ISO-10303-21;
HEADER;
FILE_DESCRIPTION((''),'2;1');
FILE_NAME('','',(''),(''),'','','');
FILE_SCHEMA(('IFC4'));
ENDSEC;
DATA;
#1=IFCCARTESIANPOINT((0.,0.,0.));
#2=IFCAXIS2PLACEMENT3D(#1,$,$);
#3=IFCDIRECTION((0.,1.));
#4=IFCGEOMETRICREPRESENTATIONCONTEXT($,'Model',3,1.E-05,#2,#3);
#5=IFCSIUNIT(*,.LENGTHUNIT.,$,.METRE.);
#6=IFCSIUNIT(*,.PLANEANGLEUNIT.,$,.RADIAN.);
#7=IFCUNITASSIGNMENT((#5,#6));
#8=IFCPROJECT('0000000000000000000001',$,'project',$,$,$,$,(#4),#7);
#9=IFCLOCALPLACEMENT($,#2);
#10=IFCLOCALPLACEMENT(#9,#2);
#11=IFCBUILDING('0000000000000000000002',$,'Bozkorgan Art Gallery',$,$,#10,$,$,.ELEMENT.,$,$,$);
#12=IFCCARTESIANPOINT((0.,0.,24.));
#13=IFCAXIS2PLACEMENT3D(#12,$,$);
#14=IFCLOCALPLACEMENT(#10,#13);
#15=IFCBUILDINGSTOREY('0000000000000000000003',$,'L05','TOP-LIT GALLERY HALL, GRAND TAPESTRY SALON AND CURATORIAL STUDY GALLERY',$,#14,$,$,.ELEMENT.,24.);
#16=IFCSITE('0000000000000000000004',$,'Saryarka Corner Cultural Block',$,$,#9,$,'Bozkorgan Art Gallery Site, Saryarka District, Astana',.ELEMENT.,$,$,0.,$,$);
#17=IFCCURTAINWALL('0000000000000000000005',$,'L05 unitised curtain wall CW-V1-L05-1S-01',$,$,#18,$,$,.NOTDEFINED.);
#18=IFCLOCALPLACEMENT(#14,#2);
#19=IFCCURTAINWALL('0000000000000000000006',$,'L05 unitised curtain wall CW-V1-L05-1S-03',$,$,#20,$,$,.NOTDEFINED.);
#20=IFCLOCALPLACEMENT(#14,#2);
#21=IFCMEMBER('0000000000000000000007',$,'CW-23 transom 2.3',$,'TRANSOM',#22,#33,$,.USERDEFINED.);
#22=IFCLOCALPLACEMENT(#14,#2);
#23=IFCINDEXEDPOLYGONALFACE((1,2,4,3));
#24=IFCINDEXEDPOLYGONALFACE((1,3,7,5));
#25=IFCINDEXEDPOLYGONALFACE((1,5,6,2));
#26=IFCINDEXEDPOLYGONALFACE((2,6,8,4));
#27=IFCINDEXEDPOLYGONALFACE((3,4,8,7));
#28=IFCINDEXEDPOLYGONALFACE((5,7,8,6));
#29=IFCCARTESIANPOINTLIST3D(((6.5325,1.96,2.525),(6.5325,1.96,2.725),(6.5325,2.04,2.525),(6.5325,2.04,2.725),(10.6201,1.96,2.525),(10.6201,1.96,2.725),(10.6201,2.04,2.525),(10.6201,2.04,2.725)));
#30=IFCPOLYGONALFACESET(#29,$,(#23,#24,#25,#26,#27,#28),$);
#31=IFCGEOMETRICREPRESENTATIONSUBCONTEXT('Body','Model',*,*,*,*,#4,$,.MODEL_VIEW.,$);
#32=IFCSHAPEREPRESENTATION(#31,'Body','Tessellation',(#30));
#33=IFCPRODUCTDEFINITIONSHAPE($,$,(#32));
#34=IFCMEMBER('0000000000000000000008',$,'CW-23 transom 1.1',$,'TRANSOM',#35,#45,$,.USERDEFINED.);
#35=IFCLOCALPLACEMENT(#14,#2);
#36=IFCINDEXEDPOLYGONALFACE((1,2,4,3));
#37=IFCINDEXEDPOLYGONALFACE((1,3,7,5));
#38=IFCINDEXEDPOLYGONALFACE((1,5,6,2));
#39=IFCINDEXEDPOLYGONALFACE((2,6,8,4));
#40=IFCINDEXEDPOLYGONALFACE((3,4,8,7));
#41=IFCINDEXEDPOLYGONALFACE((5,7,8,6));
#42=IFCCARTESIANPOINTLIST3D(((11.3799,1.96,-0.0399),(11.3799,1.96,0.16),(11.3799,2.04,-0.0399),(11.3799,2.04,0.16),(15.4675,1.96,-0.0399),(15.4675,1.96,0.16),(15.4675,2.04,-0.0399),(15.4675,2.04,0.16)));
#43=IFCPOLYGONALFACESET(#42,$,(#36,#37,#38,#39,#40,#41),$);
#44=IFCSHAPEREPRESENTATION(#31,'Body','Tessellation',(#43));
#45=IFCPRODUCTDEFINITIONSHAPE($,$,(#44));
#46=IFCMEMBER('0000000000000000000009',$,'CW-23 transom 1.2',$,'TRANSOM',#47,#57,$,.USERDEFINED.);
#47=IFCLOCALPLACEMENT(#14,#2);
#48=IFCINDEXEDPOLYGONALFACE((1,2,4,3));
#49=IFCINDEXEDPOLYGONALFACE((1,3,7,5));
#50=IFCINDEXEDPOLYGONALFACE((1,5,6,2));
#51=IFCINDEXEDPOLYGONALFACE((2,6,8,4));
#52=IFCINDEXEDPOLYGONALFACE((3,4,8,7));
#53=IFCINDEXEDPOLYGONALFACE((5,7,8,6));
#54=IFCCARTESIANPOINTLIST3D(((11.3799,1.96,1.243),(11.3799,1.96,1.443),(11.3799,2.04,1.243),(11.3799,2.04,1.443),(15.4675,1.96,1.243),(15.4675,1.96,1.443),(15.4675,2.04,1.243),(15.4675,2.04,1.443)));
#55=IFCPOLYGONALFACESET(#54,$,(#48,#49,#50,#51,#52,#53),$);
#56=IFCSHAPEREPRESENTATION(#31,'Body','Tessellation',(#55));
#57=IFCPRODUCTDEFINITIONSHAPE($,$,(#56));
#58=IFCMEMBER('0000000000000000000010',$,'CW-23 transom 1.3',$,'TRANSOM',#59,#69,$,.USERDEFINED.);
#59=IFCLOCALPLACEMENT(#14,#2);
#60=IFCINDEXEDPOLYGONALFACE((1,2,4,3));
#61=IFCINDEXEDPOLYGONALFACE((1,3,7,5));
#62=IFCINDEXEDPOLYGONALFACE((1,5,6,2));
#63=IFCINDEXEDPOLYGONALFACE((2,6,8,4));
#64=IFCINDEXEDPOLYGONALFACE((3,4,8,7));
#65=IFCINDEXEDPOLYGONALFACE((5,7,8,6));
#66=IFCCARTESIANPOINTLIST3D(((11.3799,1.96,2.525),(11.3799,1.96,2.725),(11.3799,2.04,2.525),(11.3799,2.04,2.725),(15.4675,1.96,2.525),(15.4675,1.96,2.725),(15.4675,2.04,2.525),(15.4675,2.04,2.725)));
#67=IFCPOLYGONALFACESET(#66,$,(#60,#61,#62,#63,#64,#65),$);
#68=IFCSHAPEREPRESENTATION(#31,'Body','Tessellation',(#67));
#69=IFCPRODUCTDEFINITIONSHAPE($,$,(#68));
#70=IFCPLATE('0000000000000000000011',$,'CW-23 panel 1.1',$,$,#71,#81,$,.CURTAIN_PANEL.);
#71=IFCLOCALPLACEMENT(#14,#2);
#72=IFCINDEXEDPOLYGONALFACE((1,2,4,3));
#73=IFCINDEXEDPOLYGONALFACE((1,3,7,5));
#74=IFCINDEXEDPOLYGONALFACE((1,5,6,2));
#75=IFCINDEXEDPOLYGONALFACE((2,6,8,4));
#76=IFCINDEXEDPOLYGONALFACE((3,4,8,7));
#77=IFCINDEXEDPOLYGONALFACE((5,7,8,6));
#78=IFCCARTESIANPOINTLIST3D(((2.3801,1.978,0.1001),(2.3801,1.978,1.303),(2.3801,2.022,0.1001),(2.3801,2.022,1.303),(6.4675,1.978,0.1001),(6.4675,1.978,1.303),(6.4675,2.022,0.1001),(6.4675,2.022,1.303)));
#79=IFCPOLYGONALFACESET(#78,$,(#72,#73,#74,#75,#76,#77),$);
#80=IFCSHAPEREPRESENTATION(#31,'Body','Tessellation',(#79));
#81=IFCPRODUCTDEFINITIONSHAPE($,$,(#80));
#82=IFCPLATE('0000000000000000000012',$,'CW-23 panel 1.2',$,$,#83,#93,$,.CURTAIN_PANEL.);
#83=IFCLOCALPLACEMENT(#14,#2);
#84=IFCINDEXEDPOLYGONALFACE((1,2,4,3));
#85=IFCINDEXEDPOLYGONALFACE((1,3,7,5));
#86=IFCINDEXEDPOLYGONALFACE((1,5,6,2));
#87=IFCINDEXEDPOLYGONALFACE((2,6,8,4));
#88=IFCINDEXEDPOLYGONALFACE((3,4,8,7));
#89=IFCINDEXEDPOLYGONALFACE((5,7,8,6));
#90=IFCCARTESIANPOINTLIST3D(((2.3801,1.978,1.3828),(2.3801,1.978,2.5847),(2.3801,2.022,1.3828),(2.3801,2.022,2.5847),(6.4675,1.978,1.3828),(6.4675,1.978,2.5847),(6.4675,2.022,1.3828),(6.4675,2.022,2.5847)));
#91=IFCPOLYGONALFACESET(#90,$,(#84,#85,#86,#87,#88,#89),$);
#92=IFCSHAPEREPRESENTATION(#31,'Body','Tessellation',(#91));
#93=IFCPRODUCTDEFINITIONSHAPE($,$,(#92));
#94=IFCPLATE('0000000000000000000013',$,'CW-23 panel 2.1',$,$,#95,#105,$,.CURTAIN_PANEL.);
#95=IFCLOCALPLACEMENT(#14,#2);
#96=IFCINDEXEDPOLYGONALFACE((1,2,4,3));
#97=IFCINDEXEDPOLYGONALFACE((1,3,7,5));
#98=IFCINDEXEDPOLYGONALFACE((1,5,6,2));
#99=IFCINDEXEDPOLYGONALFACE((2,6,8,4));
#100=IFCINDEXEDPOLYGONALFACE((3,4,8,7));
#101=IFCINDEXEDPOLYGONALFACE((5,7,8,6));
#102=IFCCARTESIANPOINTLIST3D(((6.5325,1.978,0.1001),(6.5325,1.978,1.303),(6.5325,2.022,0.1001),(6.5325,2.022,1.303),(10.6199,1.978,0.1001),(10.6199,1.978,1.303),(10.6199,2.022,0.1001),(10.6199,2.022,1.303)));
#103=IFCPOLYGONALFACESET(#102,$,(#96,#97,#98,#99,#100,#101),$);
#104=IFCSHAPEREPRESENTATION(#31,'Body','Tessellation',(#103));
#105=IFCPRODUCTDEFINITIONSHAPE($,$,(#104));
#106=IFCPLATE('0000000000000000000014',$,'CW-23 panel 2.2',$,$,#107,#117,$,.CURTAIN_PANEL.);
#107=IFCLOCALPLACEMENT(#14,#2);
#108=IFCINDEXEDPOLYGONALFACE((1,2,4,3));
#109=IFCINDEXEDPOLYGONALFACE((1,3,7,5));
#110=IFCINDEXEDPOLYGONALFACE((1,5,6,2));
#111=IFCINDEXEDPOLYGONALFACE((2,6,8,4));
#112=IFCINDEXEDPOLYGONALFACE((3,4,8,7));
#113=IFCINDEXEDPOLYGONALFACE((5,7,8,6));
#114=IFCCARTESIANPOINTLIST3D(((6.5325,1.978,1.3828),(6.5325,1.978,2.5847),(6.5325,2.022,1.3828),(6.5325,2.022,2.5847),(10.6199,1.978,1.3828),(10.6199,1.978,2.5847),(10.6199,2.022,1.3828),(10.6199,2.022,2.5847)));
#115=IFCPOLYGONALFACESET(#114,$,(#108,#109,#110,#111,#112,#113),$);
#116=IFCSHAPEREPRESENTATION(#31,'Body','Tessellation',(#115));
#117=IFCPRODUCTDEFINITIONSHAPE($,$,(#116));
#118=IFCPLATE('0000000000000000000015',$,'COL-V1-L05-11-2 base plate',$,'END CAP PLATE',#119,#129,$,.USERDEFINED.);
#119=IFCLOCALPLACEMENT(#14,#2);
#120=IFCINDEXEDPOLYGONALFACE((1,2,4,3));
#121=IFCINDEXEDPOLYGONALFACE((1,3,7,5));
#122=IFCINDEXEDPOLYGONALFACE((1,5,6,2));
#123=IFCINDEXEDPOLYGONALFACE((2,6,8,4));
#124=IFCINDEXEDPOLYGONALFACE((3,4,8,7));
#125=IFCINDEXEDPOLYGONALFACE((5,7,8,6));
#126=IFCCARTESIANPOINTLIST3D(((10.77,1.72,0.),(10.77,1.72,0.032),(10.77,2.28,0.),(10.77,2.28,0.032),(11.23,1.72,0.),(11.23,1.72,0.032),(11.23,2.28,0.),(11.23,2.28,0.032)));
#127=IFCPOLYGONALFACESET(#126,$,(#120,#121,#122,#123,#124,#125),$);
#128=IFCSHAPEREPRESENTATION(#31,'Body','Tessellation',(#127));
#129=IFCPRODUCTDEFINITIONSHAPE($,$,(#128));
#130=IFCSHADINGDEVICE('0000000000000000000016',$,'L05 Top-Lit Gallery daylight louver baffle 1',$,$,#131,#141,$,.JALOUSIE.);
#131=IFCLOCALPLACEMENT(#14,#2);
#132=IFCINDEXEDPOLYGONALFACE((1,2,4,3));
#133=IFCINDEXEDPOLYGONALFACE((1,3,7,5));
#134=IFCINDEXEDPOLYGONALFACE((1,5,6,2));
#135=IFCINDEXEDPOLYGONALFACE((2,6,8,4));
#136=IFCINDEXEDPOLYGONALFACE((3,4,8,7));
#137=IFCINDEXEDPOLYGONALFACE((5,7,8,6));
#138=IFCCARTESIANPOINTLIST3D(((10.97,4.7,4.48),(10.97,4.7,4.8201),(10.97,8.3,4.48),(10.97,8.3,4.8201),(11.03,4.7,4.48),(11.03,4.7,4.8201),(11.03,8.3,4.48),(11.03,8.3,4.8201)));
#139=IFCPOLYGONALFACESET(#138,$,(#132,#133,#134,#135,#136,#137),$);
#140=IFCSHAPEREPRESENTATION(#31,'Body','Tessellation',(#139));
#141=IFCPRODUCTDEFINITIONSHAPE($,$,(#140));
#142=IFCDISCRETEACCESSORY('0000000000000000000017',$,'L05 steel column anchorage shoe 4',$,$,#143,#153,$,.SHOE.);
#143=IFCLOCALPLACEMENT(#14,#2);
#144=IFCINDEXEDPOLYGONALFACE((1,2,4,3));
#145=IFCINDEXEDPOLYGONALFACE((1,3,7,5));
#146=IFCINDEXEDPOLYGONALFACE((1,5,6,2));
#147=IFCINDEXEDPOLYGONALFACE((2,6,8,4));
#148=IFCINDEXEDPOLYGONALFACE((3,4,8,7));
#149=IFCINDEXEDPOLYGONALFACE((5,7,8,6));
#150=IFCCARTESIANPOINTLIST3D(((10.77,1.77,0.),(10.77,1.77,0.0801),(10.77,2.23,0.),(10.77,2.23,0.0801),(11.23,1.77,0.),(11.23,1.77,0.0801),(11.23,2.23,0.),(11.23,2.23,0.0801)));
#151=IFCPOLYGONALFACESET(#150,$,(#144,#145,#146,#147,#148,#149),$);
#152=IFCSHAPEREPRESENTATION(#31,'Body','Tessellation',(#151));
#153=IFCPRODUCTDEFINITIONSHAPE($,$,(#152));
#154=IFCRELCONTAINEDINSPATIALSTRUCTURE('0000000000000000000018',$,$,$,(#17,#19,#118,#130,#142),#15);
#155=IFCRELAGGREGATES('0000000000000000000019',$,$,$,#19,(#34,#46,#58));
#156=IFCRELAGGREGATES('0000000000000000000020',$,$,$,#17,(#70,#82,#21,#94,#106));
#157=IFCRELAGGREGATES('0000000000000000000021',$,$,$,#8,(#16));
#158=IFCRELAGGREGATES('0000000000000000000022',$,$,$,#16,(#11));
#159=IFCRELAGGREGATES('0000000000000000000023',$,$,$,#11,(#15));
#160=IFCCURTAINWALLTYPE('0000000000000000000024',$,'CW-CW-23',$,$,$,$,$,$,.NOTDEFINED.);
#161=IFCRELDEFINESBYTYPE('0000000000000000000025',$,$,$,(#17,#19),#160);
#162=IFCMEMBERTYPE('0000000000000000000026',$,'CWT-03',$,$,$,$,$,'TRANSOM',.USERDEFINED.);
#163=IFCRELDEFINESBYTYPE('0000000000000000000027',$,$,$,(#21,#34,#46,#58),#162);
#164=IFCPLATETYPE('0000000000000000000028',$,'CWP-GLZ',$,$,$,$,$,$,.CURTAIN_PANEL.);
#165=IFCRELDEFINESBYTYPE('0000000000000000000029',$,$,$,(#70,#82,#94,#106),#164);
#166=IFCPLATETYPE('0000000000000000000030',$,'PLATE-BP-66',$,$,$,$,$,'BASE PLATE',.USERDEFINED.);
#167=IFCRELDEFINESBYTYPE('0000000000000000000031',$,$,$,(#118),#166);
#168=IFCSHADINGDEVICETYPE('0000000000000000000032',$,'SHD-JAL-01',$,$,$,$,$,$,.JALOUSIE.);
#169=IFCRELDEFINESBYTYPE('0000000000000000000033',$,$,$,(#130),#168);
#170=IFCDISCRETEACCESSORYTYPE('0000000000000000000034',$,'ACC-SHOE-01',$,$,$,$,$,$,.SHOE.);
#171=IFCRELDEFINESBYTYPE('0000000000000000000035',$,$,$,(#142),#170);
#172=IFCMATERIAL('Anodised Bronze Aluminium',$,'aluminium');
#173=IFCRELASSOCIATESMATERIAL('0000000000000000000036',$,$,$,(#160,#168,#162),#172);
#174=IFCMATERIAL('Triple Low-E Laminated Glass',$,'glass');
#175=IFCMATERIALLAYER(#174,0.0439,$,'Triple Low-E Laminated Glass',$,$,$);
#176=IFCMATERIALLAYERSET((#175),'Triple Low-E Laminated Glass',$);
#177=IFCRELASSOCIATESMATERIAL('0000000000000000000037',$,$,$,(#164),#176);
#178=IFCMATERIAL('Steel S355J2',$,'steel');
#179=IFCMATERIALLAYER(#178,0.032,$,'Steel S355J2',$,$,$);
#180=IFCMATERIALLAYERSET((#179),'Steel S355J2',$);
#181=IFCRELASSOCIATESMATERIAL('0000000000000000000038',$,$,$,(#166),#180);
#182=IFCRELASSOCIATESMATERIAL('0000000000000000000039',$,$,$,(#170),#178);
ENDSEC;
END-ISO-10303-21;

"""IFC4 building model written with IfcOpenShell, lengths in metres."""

from ifc_helpers import new_model, si_unit, direction, frame, origin, origin_2d, place, context, subcontext, project, spatial, rectangle, extrude, material, layer, layer_set, material_profile, profile_set, type_object, element, aggregate, save


model = new_model("IFC4")

# Units and contexts
model_context = context("Model", 3, precision=1e-05, world=origin(), true_north=direction((0.0, 1.0)))
body_context = subcontext(model_context, "Body", "Model", "MODEL_VIEW")
ifc_project = project(units=[si_unit("LENGTHUNIT", "METRE"), si_unit("PLANEANGLEUNIT", "RADIAN")], contexts=[model_context])

# Site, building, storey
site_placement = place(None, origin())
site = spatial("IfcSite", under=ifc_project, at=site_placement, Name="Saryarka Corner Cultural Block", LongName="Bozkorgan Art Gallery Site, Saryarka District, Astana", CompositionType="ELEMENT", RefElevation=0.0)
building_placement = place(site_placement, origin())
building = spatial("IfcBuilding", under=site, at=building_placement, Name="Bozkorgan Art Gallery", CompositionType="ELEMENT")
storey_placement = place(building_placement, frame((0.0, 0.0, 24.0)))
storey = spatial("IfcBuildingStorey", under=building, at=storey_placement, Name="L05", Description="TOP-LIT GALLERY HALL, GRAND TAPESTRY SALON AND CURATORIAL STUDY GALLERY", CompositionType="ELEMENT", Elevation=24.0)

# Shared definitions
ifc_material_1 = material(Name="Steel S355J2", Category="steel")

# Curtain wall
ifc_material_2 = material(Name="Anodised Bronze Aluminium", Category="aluminium")
curtain_wall_type = type_object("IfcCurtainWallType", Name="CW-CW-23", PredefinedType="NOTDEFINED", material=ifc_material_2)
curtain_wall_1_placement = place(storey_placement, origin())
curtain_wall_1 = element("IfcCurtainWall", 1, at=curtain_wall_1_placement, inside=storey, type_object=curtain_wall_type, Name="L05 unitised curtain wall CW-V1-L05-1S-01", PredefinedType="NOTDEFINED")

# Curtain wall
curtain_wall_2_placement = place(storey_placement, origin())
curtain_wall_2 = element("IfcCurtainWall", 2, at=curtain_wall_2_placement, inside=storey, type_object=curtain_wall_type, Name="L05 unitised curtain wall CW-V1-L05-1S-03", PredefinedType="NOTDEFINED")

# Members
ifc_material_profile_1 = material_profile(ifc_material_2, rectangle(XDim=0.0801, YDim=0.2, at=origin_2d()), Name="ALU TRANSOM 80x200")
ifc_profile_set_1 = profile_set([ifc_material_profile_1], Name="Anodised Bronze Aluminium")
member_type_1 = type_object("IfcMemberType", Name="CWT-03", ElementType="TRANSOM", PredefinedType="USERDEFINED", material=ifc_profile_set_1)
member_1_placement = place(storey_placement, frame((6.5325, 2.0, 2.625), z_axis=(1.0, 0.0, 0.0), x_axis=(0.0, 1.0, 0.0)))
member_1 = element("IfcMember", 3, at=member_1_placement, type_object=member_type_1, Name="CW-23 transom 2.3", ObjectType="TRANSOM", PredefinedType="USERDEFINED", context=body_context, shape_type="SweptSolid", body=[
    extrude(rectangle(XDim=0.0801, YDim=0.2, at=origin_2d()), origin(), (0.0, 0.0, 1.0), 4.0876),
])
member_2_placement = place(storey_placement, frame((11.3799, 2.0, 0.0601), z_axis=(1.0, 0.0, 0.0), x_axis=(0.0, 1.0, 0.0)))
member_2 = element("IfcMember", 4, at=member_2_placement, type_object=member_type_1, Name="CW-23 transom 1.1", ObjectType="TRANSOM", PredefinedType="USERDEFINED", context=body_context, shape_type="SweptSolid", body=[
    extrude(rectangle(XDim=0.0801, YDim=0.2, at=origin_2d()), origin(), (0.0, 0.0, 1.0), 4.0876),
])
member_3_placement = place(storey_placement, frame((11.3799, 2.0, 1.343), z_axis=(1.0, 0.0, 0.0), x_axis=(0.0, 1.0, 0.0)))
member_3 = element("IfcMember", 5, at=member_3_placement, type_object=member_type_1, Name="CW-23 transom 1.2", ObjectType="TRANSOM", PredefinedType="USERDEFINED", context=body_context, shape_type="SweptSolid", body=[
    extrude(rectangle(XDim=0.0801, YDim=0.2, at=origin_2d()), origin(), (0.0, 0.0, 1.0), 4.0876),
])
member_4_placement = place(storey_placement, frame((11.3799, 2.0, 2.625), z_axis=(1.0, 0.0, 0.0), x_axis=(0.0, 1.0, 0.0)))
member_4 = element("IfcMember", 6, at=member_4_placement, type_object=member_type_1, Name="CW-23 transom 1.3", ObjectType="TRANSOM", PredefinedType="USERDEFINED", context=body_context, shape_type="SweptSolid", body=[
    extrude(rectangle(XDim=0.0801, YDim=0.2, at=origin_2d()), origin(), (0.0, 0.0, 1.0), 4.0876),
])
aggregate(curtain_wall_2, [member_2, member_3, member_4])

# Plates
ifc_material_3 = material(Name="Triple Low-E Laminated Glass", Category="glass")
ifc_layer_1 = layer(ifc_material_3, 0.0439, Name="Triple Low-E Laminated Glass")
ifc_layer_set_1 = layer_set([ifc_layer_1], Name="Triple Low-E Laminated Glass")
plate_type_1 = type_object("IfcPlateType", Name="CWP-GLZ", PredefinedType="CURTAIN_PANEL", material=ifc_layer_set_1)
plate_1_placement = place(storey_placement, frame((4.4238, 2.0, 0.1001), z_axis=(0.0, 0.0, 1.0), x_axis=(1.0, 0.0, 0.0)))
plate_1 = element("IfcPlate", 7, at=plate_1_placement, type_object=plate_type_1, Name="CW-23 panel 1.1", PredefinedType="CURTAIN_PANEL", context=body_context, shape_type="SweptSolid", body=[
    extrude(rectangle(XDim=4.0874, YDim=0.0439, at=origin_2d()), origin(), (0.0, 0.0, 1.0), 1.2029),
])
plate_2_placement = place(storey_placement, frame((4.4238, 2.0, 1.3828), z_axis=(0.0, 0.0, 1.0), x_axis=(1.0, 0.0, 0.0)))
plate_2 = element("IfcPlate", 8, at=plate_2_placement, type_object=plate_type_1, Name="CW-23 panel 1.2", PredefinedType="CURTAIN_PANEL", context=body_context, shape_type="SweptSolid", body=[
    extrude(rectangle(XDim=4.0874, YDim=0.0439, at=origin_2d()), origin(), (0.0, 0.0, 1.0), 1.2019),
])
plate_3_placement = place(storey_placement, frame((8.5762, 2.0, 0.1001), z_axis=(0.0, 0.0, 1.0), x_axis=(1.0, 0.0, 0.0)))
plate_3 = element("IfcPlate", 9, at=plate_3_placement, type_object=plate_type_1, Name="CW-23 panel 2.1", PredefinedType="CURTAIN_PANEL", context=body_context, shape_type="SweptSolid", body=[
    extrude(rectangle(XDim=4.0874, YDim=0.0439, at=origin_2d()), origin(), (0.0, 0.0, 1.0), 1.2029),
])
plate_4_placement = place(storey_placement, frame((8.5762, 2.0, 1.3828), z_axis=(0.0, 0.0, 1.0), x_axis=(1.0, 0.0, 0.0)))
plate_4 = element("IfcPlate", 10, at=plate_4_placement, type_object=plate_type_1, Name="CW-23 panel 2.2", PredefinedType="CURTAIN_PANEL", context=body_context, shape_type="SweptSolid", body=[
    extrude(rectangle(XDim=4.0874, YDim=0.0439, at=origin_2d()), origin(), (0.0, 0.0, 1.0), 1.2019),
])
aggregate(curtain_wall_1, [plate_1, plate_2, member_1, plate_3, plate_4])
ifc_layer_2 = layer(ifc_material_1, 0.032, Name="Steel S355J2")
ifc_layer_set_2 = layer_set([ifc_layer_2], Name="Steel S355J2")
plate_type_2 = type_object("IfcPlateType", Name="PLATE-BP-66", ElementType="BASE PLATE", PredefinedType="USERDEFINED", material=ifc_layer_set_2)
plate_5_placement = place(storey_placement, frame((11.0, 2.0, 0.0), z_axis=(0.0, 0.0, 1.0), x_axis=(1.0, 0.0, 0.0)))
element("IfcPlate", 11, at=plate_5_placement, inside=storey, type_object=plate_type_2, Name="COL-V1-L05-11-2 base plate", ObjectType="END CAP PLATE", PredefinedType="USERDEFINED", context=body_context, shape_type="SweptSolid", body=[
    extrude(rectangle(XDim=0.46, YDim=0.5601, at=origin_2d()), origin(), (0.0, 0.0, 1.0), 0.032),
])

# Shading device
shading_device_type = type_object("IfcShadingDeviceType", Name="SHD-JAL-01", PredefinedType="JALOUSIE", material=ifc_material_2)
shading_device_placement = place(storey_placement, frame((11.0, 6.5, 4.48), z_axis=(0.0, 0.0, 1.0), x_axis=(1.0, 0.0, 0.0)))
element("IfcShadingDevice", 12, at=shading_device_placement, inside=storey, type_object=shading_device_type, Name="L05 Top-Lit Gallery daylight louver baffle 1", PredefinedType="JALOUSIE", context=body_context, shape_type="SweptSolid", body=[
    extrude(rectangle(XDim=0.0601, YDim=3.6001, at=origin_2d()), origin(), (0.0, 0.0, 1.0), 0.3401),
])

# Discrete accessory
discrete_accessory_type = type_object("IfcDiscreteAccessoryType", Name="ACC-SHOE-01", PredefinedType="SHOE", material=ifc_material_1)
discrete_accessory_placement = place(storey_placement, frame((11.0, 2.0, 0.0), z_axis=(0.0, 0.0, 1.0), x_axis=(1.0, 0.0, 0.0)))
element("IfcDiscreteAccessory", 13, at=discrete_accessory_placement, inside=storey, type_object=discrete_accessory_type, Name="L05 steel column anchorage shoe 4", PredefinedType="SHOE", context=body_context, shape_type="SweptSolid", body=[
    extrude(rectangle(XDim=0.46, YDim=0.46, at=origin_2d()), origin(), (0.0, 0.0, 1.0), 0.0801),
])

save(model, "model.ifc")
